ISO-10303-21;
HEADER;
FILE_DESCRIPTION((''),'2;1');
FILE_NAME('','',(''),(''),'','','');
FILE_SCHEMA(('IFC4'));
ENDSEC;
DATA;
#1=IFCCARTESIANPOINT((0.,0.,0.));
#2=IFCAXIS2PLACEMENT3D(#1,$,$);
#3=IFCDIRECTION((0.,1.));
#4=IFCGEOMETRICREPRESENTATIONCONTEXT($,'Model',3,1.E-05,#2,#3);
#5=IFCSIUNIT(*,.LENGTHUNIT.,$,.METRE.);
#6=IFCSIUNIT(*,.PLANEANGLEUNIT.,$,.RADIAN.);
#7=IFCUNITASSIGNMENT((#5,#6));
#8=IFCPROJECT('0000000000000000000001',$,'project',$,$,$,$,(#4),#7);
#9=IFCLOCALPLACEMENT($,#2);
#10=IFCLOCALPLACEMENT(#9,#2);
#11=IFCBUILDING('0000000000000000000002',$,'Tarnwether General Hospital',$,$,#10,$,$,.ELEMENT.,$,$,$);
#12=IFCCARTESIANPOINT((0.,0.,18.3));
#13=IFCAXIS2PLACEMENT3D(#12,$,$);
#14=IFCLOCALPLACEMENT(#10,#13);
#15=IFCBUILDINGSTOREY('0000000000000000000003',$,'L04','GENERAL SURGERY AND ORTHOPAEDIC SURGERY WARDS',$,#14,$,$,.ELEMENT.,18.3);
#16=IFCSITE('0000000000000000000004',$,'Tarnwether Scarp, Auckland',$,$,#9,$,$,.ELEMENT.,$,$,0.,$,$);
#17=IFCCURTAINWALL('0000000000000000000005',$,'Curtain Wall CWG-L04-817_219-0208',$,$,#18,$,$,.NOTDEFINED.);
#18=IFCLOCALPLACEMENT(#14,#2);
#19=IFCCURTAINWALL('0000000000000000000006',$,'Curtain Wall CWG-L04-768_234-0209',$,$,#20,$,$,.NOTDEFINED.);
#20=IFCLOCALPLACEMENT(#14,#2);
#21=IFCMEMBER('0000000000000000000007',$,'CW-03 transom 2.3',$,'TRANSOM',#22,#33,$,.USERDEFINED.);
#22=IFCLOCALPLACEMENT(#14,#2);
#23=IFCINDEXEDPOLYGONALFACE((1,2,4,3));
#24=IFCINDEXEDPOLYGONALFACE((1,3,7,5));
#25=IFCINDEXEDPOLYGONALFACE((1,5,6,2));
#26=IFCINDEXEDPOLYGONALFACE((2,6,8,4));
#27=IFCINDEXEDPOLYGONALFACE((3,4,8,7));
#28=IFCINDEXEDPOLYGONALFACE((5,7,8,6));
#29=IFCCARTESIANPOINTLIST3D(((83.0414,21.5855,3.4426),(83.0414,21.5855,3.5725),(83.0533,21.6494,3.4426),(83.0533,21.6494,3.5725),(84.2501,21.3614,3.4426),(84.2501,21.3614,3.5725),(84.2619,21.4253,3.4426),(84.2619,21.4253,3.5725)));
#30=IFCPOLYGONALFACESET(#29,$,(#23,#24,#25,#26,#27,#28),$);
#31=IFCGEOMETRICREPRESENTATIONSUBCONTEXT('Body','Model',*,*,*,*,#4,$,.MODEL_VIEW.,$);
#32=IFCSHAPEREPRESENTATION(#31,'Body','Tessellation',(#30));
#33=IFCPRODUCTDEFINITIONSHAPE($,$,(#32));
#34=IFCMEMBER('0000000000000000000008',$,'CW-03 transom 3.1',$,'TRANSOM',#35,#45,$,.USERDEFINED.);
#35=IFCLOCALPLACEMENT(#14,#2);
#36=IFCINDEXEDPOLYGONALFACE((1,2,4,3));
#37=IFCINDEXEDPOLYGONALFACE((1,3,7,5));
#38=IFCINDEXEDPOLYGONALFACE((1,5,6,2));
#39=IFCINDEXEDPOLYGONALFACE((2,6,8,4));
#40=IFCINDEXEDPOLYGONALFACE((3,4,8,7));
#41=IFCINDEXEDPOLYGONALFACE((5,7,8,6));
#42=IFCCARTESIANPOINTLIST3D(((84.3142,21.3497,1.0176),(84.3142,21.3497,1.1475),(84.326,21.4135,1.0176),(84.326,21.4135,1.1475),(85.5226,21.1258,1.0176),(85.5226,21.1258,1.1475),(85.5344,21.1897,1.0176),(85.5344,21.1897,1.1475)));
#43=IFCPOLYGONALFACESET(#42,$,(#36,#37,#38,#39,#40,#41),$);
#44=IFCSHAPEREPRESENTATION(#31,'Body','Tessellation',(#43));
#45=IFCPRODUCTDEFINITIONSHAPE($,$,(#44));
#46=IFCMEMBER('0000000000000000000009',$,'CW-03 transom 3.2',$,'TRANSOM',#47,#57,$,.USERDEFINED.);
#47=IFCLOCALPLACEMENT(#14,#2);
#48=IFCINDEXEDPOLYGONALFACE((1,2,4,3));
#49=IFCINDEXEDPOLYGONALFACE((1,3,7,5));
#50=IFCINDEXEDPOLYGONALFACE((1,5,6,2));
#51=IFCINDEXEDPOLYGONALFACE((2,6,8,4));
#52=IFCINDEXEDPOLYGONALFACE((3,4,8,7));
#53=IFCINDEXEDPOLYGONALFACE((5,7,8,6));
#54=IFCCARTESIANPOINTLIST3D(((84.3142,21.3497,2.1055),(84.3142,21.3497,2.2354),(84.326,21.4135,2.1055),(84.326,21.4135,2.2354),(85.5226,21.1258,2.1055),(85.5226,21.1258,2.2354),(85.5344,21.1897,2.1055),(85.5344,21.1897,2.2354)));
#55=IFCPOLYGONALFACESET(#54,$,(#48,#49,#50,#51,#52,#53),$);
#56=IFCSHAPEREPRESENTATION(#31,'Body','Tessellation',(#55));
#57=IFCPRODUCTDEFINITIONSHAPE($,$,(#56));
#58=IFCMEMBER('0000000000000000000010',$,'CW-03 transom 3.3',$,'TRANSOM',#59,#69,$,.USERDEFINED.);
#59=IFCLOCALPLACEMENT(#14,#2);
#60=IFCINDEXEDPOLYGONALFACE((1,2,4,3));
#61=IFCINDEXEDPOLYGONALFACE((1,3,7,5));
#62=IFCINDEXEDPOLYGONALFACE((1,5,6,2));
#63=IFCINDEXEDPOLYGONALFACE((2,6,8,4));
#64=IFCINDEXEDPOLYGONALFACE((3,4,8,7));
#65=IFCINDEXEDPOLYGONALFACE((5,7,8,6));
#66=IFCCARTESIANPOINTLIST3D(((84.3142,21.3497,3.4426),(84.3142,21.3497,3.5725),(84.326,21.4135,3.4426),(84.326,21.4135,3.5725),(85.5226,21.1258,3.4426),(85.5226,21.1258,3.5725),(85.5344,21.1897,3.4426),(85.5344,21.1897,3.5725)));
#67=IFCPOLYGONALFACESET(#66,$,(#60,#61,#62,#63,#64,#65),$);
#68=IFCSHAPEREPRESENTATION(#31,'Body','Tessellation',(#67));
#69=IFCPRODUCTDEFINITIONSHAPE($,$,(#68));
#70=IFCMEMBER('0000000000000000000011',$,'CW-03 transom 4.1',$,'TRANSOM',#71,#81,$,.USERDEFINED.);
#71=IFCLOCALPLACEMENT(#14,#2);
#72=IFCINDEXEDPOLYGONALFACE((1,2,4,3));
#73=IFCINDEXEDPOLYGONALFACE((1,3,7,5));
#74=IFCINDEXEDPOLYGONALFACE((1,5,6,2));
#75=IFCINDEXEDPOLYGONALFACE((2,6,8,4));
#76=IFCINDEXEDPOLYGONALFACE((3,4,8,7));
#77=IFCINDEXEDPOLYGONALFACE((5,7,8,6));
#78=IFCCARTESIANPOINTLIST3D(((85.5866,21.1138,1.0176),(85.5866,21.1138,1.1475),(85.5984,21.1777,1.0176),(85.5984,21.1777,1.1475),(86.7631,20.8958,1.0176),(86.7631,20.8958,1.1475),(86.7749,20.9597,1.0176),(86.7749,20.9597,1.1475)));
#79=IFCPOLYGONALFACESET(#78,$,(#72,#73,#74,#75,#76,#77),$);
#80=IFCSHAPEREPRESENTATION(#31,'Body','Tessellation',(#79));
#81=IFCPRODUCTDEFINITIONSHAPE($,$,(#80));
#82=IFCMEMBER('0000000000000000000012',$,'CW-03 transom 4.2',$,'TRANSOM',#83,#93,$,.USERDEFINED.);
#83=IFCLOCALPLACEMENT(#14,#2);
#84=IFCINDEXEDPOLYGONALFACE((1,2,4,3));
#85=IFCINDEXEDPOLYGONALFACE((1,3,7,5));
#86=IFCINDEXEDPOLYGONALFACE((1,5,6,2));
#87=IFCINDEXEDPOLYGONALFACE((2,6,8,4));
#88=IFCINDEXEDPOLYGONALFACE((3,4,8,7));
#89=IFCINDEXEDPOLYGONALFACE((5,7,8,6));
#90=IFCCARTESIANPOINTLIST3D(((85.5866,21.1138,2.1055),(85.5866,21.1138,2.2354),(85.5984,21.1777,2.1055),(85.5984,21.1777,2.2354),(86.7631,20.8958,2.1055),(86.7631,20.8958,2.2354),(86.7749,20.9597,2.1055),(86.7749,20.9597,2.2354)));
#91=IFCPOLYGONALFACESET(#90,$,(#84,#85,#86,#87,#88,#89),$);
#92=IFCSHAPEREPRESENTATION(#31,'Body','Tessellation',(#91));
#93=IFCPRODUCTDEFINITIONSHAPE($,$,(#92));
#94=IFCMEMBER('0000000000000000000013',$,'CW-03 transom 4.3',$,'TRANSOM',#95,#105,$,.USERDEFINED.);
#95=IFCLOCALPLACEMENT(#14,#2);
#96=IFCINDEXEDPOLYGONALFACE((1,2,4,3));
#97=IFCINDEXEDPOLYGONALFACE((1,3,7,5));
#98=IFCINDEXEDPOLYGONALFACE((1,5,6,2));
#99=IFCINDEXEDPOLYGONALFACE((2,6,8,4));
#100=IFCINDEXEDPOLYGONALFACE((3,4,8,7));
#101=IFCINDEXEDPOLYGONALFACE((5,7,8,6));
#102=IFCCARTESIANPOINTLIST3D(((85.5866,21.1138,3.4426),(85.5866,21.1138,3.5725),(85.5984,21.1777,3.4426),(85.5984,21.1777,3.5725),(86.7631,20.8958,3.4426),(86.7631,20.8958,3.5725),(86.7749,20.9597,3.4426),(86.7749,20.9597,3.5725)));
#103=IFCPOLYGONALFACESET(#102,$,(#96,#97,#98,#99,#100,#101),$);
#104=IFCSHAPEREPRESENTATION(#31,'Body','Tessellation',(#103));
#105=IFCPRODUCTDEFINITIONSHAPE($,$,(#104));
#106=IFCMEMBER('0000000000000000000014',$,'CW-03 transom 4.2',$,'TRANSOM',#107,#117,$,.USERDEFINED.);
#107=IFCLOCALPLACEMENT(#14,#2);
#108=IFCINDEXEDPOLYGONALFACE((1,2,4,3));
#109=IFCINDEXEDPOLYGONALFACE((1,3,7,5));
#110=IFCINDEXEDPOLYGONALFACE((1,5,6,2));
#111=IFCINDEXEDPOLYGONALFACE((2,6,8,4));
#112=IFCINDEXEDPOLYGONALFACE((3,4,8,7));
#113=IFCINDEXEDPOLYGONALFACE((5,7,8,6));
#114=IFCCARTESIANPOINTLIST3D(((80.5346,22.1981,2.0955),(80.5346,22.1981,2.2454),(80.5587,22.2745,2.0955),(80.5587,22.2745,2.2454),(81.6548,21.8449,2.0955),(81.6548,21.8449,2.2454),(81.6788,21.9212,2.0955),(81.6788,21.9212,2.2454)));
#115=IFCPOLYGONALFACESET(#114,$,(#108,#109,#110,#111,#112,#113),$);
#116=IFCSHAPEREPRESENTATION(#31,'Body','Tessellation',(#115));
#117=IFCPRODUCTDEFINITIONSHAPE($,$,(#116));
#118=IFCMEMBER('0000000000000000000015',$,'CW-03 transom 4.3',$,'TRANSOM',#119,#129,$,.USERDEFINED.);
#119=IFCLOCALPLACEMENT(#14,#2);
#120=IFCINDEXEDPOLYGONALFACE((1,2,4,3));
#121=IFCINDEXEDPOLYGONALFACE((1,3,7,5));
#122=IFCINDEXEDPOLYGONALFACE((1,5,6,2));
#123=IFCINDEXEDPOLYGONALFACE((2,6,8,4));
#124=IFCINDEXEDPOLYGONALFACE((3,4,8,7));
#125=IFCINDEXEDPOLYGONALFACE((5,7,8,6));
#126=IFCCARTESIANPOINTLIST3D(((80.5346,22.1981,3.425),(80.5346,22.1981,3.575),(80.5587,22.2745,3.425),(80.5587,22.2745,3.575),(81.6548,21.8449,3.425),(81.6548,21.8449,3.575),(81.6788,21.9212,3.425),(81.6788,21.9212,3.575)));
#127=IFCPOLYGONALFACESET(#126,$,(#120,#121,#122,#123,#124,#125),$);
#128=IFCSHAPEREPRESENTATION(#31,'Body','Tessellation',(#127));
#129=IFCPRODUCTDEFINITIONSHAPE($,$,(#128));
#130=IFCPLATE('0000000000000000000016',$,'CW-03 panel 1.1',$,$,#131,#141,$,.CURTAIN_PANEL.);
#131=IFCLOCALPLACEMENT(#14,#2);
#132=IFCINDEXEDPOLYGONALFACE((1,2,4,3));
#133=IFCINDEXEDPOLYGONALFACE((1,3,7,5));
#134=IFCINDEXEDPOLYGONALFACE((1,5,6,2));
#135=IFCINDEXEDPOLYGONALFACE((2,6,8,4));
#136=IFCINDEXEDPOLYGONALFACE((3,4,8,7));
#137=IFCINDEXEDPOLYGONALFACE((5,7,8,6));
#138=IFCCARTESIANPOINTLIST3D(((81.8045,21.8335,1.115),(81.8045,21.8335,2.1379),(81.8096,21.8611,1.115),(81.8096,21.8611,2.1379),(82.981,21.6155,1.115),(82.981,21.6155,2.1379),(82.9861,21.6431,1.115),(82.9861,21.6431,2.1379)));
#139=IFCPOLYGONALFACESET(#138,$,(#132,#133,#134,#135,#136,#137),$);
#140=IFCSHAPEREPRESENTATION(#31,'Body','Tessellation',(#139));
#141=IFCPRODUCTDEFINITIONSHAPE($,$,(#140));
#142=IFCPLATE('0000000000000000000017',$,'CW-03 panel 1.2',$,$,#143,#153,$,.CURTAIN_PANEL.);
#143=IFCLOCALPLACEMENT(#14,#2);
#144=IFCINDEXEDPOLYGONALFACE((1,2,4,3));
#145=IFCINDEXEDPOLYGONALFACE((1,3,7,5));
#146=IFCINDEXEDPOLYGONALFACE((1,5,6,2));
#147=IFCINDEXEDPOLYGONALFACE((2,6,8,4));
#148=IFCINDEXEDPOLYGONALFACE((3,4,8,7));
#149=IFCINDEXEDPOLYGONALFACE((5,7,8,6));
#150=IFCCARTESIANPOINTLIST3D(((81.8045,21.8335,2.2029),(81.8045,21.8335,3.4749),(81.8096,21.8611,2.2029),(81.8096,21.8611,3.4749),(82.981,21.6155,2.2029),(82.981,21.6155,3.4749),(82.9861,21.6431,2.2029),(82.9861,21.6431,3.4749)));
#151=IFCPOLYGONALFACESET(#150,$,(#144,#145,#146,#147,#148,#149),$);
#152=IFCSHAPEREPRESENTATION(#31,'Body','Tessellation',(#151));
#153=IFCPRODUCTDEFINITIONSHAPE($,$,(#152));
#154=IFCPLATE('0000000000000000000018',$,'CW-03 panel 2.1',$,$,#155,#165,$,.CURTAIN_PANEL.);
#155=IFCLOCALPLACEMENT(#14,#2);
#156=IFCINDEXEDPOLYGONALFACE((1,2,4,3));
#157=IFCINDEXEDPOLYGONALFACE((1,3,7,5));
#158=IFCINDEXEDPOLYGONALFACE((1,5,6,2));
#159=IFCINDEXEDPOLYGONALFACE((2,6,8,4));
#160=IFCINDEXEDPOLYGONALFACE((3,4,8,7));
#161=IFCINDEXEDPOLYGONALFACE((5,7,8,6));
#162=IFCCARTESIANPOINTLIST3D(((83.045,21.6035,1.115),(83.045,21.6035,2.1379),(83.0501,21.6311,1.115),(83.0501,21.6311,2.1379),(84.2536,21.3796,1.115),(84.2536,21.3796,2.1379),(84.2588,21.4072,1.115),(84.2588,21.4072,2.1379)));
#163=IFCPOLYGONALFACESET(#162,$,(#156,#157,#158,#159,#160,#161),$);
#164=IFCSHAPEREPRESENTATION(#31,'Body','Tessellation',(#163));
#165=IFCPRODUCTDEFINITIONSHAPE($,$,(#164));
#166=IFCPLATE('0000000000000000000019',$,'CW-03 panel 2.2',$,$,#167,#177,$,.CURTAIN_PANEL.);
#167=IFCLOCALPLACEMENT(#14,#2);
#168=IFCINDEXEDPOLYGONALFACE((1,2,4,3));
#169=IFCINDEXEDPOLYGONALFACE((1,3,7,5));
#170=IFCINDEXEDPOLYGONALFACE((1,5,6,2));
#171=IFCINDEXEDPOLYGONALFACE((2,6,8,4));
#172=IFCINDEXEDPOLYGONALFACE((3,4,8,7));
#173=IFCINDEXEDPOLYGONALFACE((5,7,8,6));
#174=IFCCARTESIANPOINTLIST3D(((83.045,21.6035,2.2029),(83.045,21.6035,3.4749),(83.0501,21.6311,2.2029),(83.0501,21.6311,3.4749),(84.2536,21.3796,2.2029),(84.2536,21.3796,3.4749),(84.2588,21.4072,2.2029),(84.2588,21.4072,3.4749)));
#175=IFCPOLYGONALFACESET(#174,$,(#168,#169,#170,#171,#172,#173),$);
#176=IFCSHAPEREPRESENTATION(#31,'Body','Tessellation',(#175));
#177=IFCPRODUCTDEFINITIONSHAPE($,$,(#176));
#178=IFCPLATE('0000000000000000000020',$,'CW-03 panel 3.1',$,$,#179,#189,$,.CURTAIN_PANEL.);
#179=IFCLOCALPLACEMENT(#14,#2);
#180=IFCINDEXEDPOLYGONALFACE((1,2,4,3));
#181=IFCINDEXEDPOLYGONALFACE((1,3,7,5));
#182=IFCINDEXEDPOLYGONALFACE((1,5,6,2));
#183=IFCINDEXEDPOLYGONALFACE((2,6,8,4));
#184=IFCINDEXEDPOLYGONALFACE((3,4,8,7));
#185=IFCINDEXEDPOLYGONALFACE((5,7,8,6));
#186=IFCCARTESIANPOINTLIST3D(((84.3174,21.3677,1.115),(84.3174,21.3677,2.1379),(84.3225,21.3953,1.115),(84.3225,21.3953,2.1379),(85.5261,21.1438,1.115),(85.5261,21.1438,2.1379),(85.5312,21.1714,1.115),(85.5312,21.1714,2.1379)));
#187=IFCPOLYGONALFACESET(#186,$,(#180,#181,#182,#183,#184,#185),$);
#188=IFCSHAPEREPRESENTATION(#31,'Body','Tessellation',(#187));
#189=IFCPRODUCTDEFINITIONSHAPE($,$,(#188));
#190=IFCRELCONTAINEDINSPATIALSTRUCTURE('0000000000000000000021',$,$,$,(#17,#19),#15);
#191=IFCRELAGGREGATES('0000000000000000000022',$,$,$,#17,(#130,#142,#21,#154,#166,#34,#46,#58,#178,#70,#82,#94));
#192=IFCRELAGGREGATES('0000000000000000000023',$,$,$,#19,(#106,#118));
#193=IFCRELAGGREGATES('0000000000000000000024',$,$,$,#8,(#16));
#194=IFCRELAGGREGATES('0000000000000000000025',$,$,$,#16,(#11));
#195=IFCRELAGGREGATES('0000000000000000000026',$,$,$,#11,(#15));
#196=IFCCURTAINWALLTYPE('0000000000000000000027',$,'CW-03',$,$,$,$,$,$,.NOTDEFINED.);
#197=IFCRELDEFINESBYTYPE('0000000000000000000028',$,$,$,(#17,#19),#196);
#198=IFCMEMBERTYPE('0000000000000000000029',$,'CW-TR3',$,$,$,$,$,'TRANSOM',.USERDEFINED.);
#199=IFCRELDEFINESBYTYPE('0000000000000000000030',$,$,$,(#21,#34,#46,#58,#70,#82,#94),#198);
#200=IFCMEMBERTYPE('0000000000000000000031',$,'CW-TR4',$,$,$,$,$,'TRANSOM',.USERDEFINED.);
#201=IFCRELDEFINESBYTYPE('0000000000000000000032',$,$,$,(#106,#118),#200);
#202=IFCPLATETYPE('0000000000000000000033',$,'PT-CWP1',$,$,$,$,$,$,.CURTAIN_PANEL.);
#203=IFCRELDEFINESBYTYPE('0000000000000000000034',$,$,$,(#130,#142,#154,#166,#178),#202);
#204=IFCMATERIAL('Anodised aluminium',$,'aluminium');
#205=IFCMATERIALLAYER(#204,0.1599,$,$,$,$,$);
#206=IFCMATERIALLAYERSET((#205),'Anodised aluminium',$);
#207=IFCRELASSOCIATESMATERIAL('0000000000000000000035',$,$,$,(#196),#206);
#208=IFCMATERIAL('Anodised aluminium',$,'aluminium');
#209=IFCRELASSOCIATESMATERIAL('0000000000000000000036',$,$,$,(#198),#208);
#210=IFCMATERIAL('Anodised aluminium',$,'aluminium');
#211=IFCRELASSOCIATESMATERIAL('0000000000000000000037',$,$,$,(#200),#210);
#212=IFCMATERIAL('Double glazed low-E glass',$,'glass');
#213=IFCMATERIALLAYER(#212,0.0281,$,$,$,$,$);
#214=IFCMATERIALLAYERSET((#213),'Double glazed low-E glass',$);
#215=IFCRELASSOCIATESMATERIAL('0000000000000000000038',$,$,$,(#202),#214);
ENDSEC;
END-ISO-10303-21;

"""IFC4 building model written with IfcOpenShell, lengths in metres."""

from ifc_helpers import new_model, si_unit, direction, frame, origin, origin_2d, place, context, subcontext, project, spatial, rectangle, extrude, material, layer, layer_set, material_profile, profile_set, type_object, element, aggregate, save


model = new_model("IFC4")

# Units and contexts
model_context = context("Model", 3, precision=1e-05, world=origin(), true_north=direction((0.0, 1.0)))
body_context = subcontext(model_context, "Body", "Model", "MODEL_VIEW")
ifc_project = project(units=[si_unit("LENGTHUNIT", "METRE"), si_unit("PLANEANGLEUNIT", "RADIAN")], contexts=[model_context])

# Site, building, storey
site_placement = place(None, origin())
site = spatial("IfcSite", under=ifc_project, at=site_placement, Name="Tarnwether Scarp, Auckland", CompositionType="ELEMENT", RefElevation=0.0)
building_placement = place(site_placement, origin())
building = spatial("IfcBuilding", under=site, at=building_placement, Name="Tarnwether General Hospital", CompositionType="ELEMENT")
storey_placement = place(building_placement, frame((0.0, 0.0, 18.3)))
storey = spatial("IfcBuildingStorey", under=building, at=storey_placement, Name="L04", Description="GENERAL SURGERY AND ORTHOPAEDIC SURGERY WARDS", CompositionType="ELEMENT", Elevation=18.3)

# Curtain wall
ifc_material_1 = material(Name="Anodised aluminium", Category="aluminium")
ifc_layer_1 = layer(ifc_material_1, 0.1599)
ifc_layer_set_1 = layer_set([ifc_layer_1], Name="Anodised aluminium")
curtain_wall_type = type_object("IfcCurtainWallType", Name="CW-03", PredefinedType="NOTDEFINED", material=ifc_layer_set_1)
curtain_wall_1_placement = place(storey_placement, origin())
curtain_wall_1 = element("IfcCurtainWall", 1, at=curtain_wall_1_placement, inside=storey, type_object=curtain_wall_type, Name="Curtain Wall CWG-L04-817_219-0208", PredefinedType="NOTDEFINED")

# Curtain wall
curtain_wall_2_placement = place(storey_placement, origin())
curtain_wall_2 = element("IfcCurtainWall", 2, at=curtain_wall_2_placement, inside=storey, type_object=curtain_wall_type, Name="Curtain Wall CWG-L04-768_234-0209", PredefinedType="NOTDEFINED")

# Members
ifc_material_2 = material(Name="Anodised aluminium", Category="aluminium")
ifc_material_profile_1 = material_profile(ifc_material_2, rectangle(XDim=0.0649, YDim=0.1299, at=origin_2d()), Name="ALU-TRN-65x130")
ifc_profile_set_1 = profile_set([ifc_material_profile_1], Name="Anodised aluminium")
member_type_1 = type_object("IfcMemberType", Name="CW-TR3", ElementType="TRANSOM", PredefinedType="USERDEFINED", material=ifc_profile_set_1)
member_1_placement = place(storey_placement, frame((83.0474, 21.6174, 3.5076), z_axis=(0.983241, -0.18231, 0.0), x_axis=(0.18231, 0.983241, 0.0)))
member_1 = element("IfcMember", 3, at=member_1_placement, type_object=member_type_1, Name="CW-03 transom 2.3", ObjectType="TRANSOM", PredefinedType="USERDEFINED", context=body_context, shape_type="SweptSolid", body=[
    extrude(rectangle(XDim=0.0649, YDim=0.1299, at=origin_2d()), origin(), (0.0, 0.0, 1.0), 1.2292),
])
member_2_placement = place(storey_placement, frame((84.3201, 21.3816, 1.0825), z_axis=(0.98327, -0.182153, 0.0), x_axis=(0.182153, 0.98327, 0.0)))
member_2 = element("IfcMember", 4, at=member_2_placement, type_object=member_type_1, Name="CW-03 transom 3.1", ObjectType="TRANSOM", PredefinedType="USERDEFINED", context=body_context, shape_type="SweptSolid", body=[
    extrude(rectangle(XDim=0.0649, YDim=0.1299, at=origin_2d()), origin(), (0.0, 0.0, 1.0), 1.229),
])
member_3_placement = place(storey_placement, frame((84.3201, 21.3816, 2.1704), z_axis=(0.98327, -0.182153, 0.0), x_axis=(0.182153, 0.98327, 0.0)))
member_3 = element("IfcMember", 5, at=member_3_placement, type_object=member_type_1, Name="CW-03 transom 3.2", ObjectType="TRANSOM", PredefinedType="USERDEFINED", context=body_context, shape_type="SweptSolid", body=[
    extrude(rectangle(XDim=0.0649, YDim=0.1299, at=origin_2d()), origin(), (0.0, 0.0, 1.0), 1.229),
])
member_4_placement = place(storey_placement, frame((84.3201, 21.3816, 3.5076), z_axis=(0.98327, -0.182153, 0.0), x_axis=(0.182153, 0.98327, 0.0)))
member_4 = element("IfcMember", 6, at=member_4_placement, type_object=member_type_1, Name="CW-03 transom 3.3", ObjectType="TRANSOM", PredefinedType="USERDEFINED", context=body_context, shape_type="SweptSolid", body=[
    extrude(rectangle(XDim=0.0649, YDim=0.1299, at=origin_2d()), origin(), (0.0, 0.0, 1.0), 1.229),
])
member_5_placement = place(storey_placement, frame((85.5925, 21.1458, 1.0825), z_axis=(0.98326, -0.182206, 0.0), x_axis=(0.182206, 0.98326, 0.0)))
member_5 = element("IfcMember", 7, at=member_5_placement, type_object=member_type_1, Name="CW-03 transom 4.1", ObjectType="TRANSOM", PredefinedType="USERDEFINED", context=body_context, shape_type="SweptSolid", body=[
    extrude(rectangle(XDim=0.0649, YDim=0.1299, at=origin_2d()), origin(), (0.0, 0.0, 1.0), 1.1965),
])
member_6_placement = place(storey_placement, frame((85.5925, 21.1458, 2.1704), z_axis=(0.98326, -0.182206, 0.0), x_axis=(0.182206, 0.98326, 0.0)))
member_6 = element("IfcMember", 8, at=member_6_placement, type_object=member_type_1, Name="CW-03 transom 4.2", ObjectType="TRANSOM", PredefinedType="USERDEFINED", context=body_context, shape_type="SweptSolid", body=[
    extrude(rectangle(XDim=0.0649, YDim=0.1299, at=origin_2d()), origin(), (0.0, 0.0, 1.0), 1.1965),
])
member_7_placement = place(storey_placement, frame((85.5925, 21.1458, 3.5076), z_axis=(0.98326, -0.182206, 0.0), x_axis=(0.182206, 0.98326, 0.0)))
member_7 = element("IfcMember", 9, at=member_7_placement, type_object=member_type_1, Name="CW-03 transom 4.3", ObjectType="TRANSOM", PredefinedType="USERDEFINED", context=body_context, shape_type="SweptSolid", body=[
    extrude(rectangle(XDim=0.0649, YDim=0.1299, at=origin_2d()), origin(), (0.0, 0.0, 1.0), 1.1965),
])
ifc_material_3 = material(Name="Anodised aluminium", Category="aluminium")
ifc_material_profile_2 = material_profile(ifc_material_3, rectangle(XDim=0.0801, YDim=0.1499, at=origin_2d()), Name="ALU-TRN-80x150")
ifc_profile_set_2 = profile_set([ifc_material_profile_2], Name="Anodised aluminium")
member_type_2 = type_object("IfcMemberType", Name="CW-TR4", ElementType="TRANSOM", PredefinedType="USERDEFINED", material=ifc_profile_set_2)
member_8_placement = place(storey_placement, frame((80.5466, 22.2363, 2.1704), z_axis=(0.953693, -0.300783, 0.0), x_axis=(0.300783, 0.953693, 0.0)))
member_8 = element("IfcMember", 10, at=member_8_placement, type_object=member_type_2, Name="CW-03 transom 4.2", ObjectType="TRANSOM", PredefinedType="USERDEFINED", context=body_context, shape_type="SweptSolid", body=[
    extrude(rectangle(XDim=0.0801, YDim=0.1499, at=origin_2d()), origin(), (0.0, 0.0, 1.0), 1.1746),
])
member_9_placement = place(storey_placement, frame((80.5466, 22.2363, 3.5), z_axis=(0.953693, -0.300783, 0.0), x_axis=(0.300783, 0.953693, 0.0)))
member_9 = element("IfcMember", 11, at=member_9_placement, type_object=member_type_2, Name="CW-03 transom 4.3", ObjectType="TRANSOM", PredefinedType="USERDEFINED", context=body_context, shape_type="SweptSolid", body=[
    extrude(rectangle(XDim=0.0801, YDim=0.1499, at=origin_2d()), origin(), (0.0, 0.0, 1.0), 1.1746),
])

# Plates
ifc_material_4 = material(Name="Double glazed low-E glass", Category="glass")
ifc_layer_2 = layer(ifc_material_4, 0.0281)
ifc_layer_set_2 = layer_set([ifc_layer_2], Name="Double glazed low-E glass")
plate_type_1 = type_object("IfcPlateType", Name="PT-CWP1", PredefinedType="CURTAIN_PANEL", material=ifc_layer_set_2)
plate_1_placement = place(storey_placement, frame((82.3953, 21.7383, 1.115), z_axis=(0.0, 0.0, 1.0), x_axis=(0.983268, -0.182165, 0.0)))
plate_1 = element("IfcPlate", 12, at=plate_1_placement, type_object=plate_type_1, Name="CW-03 panel 1.1", PredefinedType="CURTAIN_PANEL", context=body_context, shape_type="SweptSolid", body=[
    extrude(rectangle(XDim=1.1965, YDim=0.0281, at=origin_2d()), origin(), (0.0, 0.0, 1.0), 1.0229),
])
plate_2_placement = place(storey_placement, frame((82.3953, 21.7383, 2.2029), z_axis=(0.0, 0.0, 1.0), x_axis=(0.983268, -0.182165, 0.0)))
plate_2 = element("IfcPlate", 13, at=plate_2_placement, type_object=plate_type_1, Name="CW-03 panel 1.2", PredefinedType="CURTAIN_PANEL", context=body_context, shape_type="SweptSolid", body=[
    extrude(rectangle(XDim=1.1965, YDim=0.0281, at=origin_2d()), origin(), (0.0, 0.0, 1.0), 1.272),
])
plate_3_placement = place(storey_placement, frame((83.6519, 21.5054, 1.115), z_axis=(0.0, 0.0, 1.0), x_axis=(0.983268, -0.182165, 0.0)))
plate_3 = element("IfcPlate", 14, at=plate_3_placement, type_object=plate_type_1, Name="CW-03 panel 2.1", PredefinedType="CURTAIN_PANEL", context=body_context, shape_type="SweptSolid", body=[
    extrude(rectangle(XDim=1.2292, YDim=0.0281, at=origin_2d()), origin(), (0.0, 0.0, 1.0), 1.0229),
])
plate_4_placement = place(storey_placement, frame((83.6519, 21.5054, 2.2029), z_axis=(0.0, 0.0, 1.0), x_axis=(0.983268, -0.182165, 0.0)))
plate_4 = element("IfcPlate", 15, at=plate_4_placement, type_object=plate_type_1, Name="CW-03 panel 2.2", PredefinedType="CURTAIN_PANEL", context=body_context, shape_type="SweptSolid", body=[
    extrude(rectangle(XDim=1.2292, YDim=0.0281, at=origin_2d()), origin(), (0.0, 0.0, 1.0), 1.272),
])
plate_5_placement = place(storey_placement, frame((84.9243, 21.2695, 1.115), z_axis=(0.0, 0.0, 1.0), x_axis=(0.983268, -0.182165, 0.0)))
plate_5 = element("IfcPlate", 16, at=plate_5_placement, type_object=plate_type_1, Name="CW-03 panel 3.1", PredefinedType="CURTAIN_PANEL", context=body_context, shape_type="SweptSolid", body=[
    extrude(rectangle(XDim=1.2292, YDim=0.0281, at=origin_2d()), origin(), (0.0, 0.0, 1.0), 1.0229),
])
aggregate(curtain_wall_1, [plate_1, plate_2, member_1, plate_3, plate_4, member_2, member_3, member_4, plate_5, member_5, member_6, member_7])
aggregate(curtain_wall_2, [member_8, member_9])

save(model, "model.ifc")
